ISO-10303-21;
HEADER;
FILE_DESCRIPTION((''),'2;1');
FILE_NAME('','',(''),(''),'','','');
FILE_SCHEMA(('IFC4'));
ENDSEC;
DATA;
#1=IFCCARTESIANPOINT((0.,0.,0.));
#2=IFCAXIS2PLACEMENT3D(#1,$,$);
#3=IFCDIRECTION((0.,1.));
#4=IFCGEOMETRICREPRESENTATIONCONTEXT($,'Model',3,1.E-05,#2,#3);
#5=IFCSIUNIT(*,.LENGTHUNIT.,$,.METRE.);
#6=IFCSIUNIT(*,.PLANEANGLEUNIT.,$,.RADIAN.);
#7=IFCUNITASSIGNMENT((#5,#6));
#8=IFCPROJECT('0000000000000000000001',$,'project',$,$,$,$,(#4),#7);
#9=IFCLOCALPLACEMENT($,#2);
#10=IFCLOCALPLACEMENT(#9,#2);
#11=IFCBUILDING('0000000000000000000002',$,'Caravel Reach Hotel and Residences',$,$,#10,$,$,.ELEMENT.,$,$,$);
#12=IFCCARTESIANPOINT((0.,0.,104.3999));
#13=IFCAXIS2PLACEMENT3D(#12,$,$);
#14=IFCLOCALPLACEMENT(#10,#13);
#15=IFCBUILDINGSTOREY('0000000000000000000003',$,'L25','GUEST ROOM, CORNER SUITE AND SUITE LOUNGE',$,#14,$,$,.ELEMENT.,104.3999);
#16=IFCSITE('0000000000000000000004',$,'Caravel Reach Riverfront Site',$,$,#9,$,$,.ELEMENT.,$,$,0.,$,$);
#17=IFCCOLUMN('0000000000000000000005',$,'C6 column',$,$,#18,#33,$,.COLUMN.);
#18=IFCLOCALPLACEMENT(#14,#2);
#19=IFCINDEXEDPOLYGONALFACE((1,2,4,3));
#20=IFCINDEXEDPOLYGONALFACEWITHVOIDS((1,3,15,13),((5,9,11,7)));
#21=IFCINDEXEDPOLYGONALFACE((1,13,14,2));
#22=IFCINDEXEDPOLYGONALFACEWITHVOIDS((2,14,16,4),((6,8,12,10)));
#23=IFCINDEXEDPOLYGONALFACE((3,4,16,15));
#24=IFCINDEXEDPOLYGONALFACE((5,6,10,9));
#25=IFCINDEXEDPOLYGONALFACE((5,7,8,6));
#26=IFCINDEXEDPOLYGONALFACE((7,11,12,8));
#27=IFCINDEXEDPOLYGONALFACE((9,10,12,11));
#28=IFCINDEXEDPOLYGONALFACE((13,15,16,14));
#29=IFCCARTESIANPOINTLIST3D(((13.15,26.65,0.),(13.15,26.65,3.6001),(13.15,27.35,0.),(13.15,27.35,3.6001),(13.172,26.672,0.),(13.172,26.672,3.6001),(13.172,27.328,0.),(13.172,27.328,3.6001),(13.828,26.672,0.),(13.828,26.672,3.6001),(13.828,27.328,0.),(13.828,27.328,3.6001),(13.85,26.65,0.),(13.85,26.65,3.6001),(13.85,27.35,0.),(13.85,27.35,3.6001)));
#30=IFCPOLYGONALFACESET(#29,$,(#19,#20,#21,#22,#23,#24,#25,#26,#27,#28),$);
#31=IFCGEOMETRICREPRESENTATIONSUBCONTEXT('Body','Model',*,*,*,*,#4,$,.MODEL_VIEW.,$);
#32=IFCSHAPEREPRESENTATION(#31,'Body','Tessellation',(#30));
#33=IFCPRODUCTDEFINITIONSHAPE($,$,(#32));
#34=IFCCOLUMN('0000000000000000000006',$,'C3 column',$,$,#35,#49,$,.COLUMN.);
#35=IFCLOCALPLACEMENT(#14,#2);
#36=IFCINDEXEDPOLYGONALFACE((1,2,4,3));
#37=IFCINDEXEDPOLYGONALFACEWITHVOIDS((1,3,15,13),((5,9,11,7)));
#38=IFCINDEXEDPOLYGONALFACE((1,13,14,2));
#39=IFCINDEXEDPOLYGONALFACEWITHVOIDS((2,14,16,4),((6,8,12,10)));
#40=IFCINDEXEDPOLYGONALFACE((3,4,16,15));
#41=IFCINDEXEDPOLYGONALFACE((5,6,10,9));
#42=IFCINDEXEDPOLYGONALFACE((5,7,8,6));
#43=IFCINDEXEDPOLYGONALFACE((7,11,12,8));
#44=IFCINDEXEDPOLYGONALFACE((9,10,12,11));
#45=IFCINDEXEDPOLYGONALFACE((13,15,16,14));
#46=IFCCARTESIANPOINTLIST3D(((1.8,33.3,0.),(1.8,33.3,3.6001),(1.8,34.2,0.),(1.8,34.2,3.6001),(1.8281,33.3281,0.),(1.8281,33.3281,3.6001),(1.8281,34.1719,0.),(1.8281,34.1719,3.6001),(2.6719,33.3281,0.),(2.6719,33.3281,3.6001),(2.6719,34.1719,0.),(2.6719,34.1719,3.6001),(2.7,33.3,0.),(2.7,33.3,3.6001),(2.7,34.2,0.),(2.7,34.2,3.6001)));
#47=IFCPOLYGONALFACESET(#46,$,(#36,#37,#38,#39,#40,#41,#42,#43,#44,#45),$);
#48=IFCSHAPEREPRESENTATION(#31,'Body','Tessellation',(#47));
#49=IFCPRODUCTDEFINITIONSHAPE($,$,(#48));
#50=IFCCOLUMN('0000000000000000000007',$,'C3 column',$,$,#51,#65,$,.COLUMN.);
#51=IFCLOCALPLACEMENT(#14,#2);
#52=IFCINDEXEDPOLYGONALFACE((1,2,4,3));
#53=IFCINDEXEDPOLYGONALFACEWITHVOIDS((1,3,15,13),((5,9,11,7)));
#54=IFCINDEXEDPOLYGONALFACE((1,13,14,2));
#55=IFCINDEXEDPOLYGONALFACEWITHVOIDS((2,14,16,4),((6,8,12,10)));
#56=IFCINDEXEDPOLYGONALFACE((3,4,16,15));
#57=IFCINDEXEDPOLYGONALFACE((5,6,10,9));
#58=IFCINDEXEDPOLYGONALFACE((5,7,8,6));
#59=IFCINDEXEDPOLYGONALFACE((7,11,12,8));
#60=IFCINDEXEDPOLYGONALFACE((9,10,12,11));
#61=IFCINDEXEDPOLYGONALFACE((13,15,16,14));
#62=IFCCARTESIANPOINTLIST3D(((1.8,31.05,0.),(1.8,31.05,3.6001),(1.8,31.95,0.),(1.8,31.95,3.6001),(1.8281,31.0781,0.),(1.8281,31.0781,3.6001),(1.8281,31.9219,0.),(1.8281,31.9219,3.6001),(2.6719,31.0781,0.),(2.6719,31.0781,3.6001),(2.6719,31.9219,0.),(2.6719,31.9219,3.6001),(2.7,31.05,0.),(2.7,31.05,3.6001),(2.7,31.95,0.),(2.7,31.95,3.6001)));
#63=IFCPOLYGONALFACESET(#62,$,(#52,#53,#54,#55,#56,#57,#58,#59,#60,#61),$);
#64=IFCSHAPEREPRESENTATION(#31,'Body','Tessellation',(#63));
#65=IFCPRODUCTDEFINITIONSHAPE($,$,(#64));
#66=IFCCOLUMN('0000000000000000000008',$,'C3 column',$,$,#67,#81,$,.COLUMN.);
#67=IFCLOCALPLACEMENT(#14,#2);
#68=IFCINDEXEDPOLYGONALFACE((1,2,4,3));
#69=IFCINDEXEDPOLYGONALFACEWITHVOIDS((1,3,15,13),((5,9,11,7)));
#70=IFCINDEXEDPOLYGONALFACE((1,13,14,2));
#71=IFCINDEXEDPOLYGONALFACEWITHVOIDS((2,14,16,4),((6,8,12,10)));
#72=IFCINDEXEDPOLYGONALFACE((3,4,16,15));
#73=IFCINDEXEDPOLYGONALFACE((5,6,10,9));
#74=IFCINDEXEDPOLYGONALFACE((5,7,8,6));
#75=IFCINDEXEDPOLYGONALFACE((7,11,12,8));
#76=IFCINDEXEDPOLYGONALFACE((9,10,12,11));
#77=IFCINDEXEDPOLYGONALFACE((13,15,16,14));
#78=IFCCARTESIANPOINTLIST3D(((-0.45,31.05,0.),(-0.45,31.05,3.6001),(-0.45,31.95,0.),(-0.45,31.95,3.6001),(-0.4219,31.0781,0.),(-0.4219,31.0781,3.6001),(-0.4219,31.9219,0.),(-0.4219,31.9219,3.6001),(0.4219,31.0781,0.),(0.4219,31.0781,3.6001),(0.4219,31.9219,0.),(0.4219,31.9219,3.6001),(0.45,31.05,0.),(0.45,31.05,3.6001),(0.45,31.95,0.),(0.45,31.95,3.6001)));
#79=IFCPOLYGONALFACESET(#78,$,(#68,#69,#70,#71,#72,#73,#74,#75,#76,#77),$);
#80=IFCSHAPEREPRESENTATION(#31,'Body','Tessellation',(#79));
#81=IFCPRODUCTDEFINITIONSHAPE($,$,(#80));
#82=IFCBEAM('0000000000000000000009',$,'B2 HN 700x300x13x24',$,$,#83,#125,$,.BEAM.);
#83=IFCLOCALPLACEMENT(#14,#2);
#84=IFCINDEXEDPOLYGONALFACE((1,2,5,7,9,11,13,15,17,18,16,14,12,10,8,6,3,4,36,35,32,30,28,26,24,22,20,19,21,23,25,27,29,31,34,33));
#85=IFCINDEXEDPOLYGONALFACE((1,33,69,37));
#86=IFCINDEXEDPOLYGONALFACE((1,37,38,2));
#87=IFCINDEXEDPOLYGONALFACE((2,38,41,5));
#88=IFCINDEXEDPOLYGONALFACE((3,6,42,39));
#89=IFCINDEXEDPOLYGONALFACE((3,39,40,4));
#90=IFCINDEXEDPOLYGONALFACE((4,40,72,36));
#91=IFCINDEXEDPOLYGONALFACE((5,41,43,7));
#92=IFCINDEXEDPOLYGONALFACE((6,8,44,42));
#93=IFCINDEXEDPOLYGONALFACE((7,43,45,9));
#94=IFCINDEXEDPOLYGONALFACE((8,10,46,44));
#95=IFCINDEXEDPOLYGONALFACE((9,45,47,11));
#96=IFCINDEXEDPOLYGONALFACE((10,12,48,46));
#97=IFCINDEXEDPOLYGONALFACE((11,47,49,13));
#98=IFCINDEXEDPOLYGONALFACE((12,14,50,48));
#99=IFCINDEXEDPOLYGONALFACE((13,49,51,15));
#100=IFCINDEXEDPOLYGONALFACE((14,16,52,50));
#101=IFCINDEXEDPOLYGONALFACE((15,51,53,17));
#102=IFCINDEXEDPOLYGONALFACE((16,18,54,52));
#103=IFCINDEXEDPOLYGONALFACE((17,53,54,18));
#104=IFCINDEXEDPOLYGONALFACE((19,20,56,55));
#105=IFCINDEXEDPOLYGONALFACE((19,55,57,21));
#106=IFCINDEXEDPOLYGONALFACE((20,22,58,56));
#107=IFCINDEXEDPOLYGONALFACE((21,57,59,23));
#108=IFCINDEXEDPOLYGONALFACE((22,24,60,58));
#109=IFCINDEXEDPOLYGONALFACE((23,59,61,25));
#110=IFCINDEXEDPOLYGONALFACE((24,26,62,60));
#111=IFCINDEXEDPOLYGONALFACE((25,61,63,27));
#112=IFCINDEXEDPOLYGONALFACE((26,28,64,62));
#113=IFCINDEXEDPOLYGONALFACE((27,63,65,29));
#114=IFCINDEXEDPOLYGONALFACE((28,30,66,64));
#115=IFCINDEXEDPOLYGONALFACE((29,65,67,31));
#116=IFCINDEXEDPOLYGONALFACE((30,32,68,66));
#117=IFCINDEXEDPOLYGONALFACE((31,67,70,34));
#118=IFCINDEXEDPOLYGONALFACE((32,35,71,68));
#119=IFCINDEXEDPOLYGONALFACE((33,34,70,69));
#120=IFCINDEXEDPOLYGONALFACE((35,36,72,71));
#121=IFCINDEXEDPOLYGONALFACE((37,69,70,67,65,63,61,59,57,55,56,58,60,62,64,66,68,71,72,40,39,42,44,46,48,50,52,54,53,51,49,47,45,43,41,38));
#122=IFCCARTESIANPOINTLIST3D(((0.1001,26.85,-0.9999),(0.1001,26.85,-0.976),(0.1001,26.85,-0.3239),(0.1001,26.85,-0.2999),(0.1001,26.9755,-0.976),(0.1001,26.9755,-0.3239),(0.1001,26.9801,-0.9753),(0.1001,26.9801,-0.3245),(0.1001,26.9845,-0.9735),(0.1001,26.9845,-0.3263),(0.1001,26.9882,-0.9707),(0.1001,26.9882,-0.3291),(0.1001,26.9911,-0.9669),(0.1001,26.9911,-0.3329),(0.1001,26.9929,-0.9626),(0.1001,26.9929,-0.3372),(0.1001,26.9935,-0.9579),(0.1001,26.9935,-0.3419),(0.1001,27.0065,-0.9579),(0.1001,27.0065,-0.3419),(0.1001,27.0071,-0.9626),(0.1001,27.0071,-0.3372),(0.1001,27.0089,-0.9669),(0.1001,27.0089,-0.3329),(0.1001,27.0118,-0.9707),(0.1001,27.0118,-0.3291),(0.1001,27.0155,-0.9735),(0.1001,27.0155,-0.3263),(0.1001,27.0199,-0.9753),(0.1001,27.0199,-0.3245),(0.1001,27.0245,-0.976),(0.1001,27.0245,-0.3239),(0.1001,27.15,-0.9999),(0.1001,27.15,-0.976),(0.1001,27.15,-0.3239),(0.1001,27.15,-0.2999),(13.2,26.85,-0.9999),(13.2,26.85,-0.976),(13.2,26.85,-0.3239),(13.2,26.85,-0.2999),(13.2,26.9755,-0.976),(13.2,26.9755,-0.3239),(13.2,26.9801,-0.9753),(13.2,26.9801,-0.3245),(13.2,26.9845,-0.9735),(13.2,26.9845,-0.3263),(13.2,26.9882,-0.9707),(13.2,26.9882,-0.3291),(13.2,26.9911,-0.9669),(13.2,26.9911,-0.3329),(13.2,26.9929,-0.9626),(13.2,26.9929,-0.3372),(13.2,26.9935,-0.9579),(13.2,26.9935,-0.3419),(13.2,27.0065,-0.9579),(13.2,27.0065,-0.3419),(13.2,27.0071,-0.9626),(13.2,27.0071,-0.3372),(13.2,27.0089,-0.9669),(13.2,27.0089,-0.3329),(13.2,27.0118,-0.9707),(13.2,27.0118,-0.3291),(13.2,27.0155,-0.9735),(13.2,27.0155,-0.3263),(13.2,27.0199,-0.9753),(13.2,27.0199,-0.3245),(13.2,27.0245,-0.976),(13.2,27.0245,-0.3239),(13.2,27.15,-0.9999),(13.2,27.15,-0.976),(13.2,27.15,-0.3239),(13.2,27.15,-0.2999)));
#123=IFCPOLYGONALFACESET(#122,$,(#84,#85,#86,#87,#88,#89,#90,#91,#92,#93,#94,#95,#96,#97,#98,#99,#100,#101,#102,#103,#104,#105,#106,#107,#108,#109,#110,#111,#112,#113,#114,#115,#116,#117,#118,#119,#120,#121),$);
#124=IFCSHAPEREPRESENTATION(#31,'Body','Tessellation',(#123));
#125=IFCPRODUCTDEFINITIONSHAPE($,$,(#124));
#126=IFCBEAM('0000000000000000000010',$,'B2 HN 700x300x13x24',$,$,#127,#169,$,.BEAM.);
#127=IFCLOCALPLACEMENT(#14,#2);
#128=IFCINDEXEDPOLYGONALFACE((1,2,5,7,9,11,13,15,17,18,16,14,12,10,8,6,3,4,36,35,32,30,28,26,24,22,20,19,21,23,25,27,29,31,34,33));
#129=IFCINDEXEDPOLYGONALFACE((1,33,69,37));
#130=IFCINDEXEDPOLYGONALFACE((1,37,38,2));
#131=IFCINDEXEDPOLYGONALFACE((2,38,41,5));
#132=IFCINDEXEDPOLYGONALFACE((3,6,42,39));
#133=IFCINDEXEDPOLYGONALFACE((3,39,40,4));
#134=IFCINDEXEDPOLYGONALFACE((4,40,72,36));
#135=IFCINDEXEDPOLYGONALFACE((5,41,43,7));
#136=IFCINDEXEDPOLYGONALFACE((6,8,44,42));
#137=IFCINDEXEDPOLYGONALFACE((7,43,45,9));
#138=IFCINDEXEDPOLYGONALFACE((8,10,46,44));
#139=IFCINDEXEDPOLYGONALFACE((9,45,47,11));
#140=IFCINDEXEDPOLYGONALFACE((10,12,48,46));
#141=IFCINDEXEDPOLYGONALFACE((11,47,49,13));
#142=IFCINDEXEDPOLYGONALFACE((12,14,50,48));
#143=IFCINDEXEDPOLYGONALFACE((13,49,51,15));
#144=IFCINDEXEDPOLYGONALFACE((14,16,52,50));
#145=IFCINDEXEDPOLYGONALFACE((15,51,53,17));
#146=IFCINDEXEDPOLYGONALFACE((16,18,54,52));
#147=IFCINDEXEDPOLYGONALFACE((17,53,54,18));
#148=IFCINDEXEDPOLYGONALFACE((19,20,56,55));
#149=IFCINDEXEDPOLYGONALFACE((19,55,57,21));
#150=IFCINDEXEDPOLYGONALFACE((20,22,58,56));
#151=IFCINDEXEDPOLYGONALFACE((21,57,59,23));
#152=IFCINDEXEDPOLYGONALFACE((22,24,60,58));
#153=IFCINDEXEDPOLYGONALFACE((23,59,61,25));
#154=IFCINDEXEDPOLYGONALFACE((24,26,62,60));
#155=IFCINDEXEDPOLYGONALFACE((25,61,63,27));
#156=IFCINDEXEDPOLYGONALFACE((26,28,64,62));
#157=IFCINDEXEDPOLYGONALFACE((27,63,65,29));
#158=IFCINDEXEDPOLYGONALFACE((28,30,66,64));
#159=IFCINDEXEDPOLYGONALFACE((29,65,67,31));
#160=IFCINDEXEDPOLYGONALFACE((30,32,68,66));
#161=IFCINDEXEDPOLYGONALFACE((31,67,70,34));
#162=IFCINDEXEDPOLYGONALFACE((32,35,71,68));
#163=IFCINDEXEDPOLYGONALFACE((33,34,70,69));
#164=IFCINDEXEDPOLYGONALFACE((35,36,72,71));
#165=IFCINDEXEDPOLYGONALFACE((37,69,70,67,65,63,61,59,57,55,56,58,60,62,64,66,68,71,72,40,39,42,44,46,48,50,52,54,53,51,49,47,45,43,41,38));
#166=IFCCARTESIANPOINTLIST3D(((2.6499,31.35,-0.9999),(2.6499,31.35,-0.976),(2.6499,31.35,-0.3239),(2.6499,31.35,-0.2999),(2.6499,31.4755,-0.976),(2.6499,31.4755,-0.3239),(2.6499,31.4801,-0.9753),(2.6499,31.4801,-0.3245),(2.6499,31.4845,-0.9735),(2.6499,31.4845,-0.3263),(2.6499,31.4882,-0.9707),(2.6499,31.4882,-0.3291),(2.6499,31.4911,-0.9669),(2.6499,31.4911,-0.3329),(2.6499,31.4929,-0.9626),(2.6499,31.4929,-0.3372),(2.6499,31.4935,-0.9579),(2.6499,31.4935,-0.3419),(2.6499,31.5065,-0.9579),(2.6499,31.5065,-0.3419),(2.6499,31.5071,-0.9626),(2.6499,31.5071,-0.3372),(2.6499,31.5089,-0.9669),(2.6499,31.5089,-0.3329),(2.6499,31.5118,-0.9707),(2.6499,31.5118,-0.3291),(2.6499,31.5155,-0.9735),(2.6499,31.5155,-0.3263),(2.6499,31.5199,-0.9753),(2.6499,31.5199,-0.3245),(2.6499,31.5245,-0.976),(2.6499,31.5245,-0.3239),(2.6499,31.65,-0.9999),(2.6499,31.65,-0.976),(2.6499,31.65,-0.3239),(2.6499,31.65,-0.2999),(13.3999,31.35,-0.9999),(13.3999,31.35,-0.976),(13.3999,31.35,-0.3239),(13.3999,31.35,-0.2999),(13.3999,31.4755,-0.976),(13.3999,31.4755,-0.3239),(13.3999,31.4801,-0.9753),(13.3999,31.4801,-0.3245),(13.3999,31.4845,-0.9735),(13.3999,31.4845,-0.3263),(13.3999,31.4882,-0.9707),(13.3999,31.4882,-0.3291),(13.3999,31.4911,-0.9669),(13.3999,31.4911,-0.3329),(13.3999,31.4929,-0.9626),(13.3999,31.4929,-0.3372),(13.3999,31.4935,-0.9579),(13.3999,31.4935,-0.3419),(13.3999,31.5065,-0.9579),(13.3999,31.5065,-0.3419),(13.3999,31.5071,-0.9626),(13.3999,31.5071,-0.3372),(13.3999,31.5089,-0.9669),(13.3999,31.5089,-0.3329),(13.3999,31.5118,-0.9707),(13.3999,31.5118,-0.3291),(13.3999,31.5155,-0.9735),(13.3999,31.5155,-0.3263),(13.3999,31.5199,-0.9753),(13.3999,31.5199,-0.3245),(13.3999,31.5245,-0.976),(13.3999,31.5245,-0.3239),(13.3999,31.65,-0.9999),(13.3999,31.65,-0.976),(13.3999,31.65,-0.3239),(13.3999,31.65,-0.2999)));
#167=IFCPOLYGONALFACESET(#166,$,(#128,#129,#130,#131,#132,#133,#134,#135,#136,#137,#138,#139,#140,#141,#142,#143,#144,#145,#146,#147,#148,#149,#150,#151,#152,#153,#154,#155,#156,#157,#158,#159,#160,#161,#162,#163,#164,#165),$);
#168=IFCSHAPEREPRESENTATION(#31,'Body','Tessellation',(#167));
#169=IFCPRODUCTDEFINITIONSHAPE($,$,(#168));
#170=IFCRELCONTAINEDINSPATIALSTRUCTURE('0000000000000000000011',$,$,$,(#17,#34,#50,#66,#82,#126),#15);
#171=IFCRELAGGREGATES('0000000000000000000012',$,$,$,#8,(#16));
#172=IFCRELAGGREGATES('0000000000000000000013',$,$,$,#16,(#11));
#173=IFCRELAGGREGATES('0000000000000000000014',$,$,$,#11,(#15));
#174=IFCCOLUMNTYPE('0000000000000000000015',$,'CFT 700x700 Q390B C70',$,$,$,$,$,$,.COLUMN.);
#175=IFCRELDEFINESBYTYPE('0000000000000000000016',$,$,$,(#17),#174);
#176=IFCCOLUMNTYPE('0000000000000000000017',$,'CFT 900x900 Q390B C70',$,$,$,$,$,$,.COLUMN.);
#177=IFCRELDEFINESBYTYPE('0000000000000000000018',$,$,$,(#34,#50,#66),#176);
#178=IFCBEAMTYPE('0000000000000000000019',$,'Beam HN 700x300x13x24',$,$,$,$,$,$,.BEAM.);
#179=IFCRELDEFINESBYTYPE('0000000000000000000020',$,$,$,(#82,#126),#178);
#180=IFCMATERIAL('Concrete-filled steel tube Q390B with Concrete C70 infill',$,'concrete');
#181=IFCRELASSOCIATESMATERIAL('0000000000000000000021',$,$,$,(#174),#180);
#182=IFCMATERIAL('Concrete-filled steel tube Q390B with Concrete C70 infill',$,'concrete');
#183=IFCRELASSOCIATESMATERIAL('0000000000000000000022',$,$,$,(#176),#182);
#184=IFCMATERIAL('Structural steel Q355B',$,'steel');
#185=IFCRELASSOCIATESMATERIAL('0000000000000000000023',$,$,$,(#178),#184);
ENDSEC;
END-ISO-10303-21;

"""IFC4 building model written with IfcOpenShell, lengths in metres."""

from ifc_helpers import new_model, si_unit, direction, frame, origin, origin_2d, place, context, subcontext, project, spatial, hollow_rectangle, i_section, extrude, material, material_profile, profile_set, type_object, element, save


model = new_model("IFC4")

# Units and contexts
model_context = context("Model", 3, precision=1e-05, world=origin(), true_north=direction((0.0, 1.0)))
body_context = subcontext(model_context, "Body", "Model", "MODEL_VIEW")
ifc_project = project(units=[si_unit("LENGTHUNIT", "METRE"), si_unit("PLANEANGLEUNIT", "RADIAN")], contexts=[model_context])

# Site, building, storey
site_placement = place(None, origin())
site = spatial("IfcSite", under=ifc_project, at=site_placement, Name="Caravel Reach Riverfront Site", CompositionType="ELEMENT", RefElevation=0.0)
building_placement = place(site_placement, origin())
building = spatial("IfcBuilding", under=site, at=building_placement, Name="Caravel Reach Hotel and Residences", CompositionType="ELEMENT")
storey_placement = place(building_placement, frame((0.0, 0.0, 104.3999)))
storey = spatial("IfcBuildingStorey", under=building, at=storey_placement, Name="L25", Description="GUEST ROOM, CORNER SUITE AND SUITE LOUNGE", CompositionType="ELEMENT", Elevation=104.3999)

# Columns
ifc_material_1 = material(Name="Concrete-filled steel tube Q390B with Concrete C70 infill", Category="concrete")
ifc_material_profile_1 = material_profile(ifc_material_1, hollow_rectangle(XDim=0.7, YDim=0.7, WallThickness=0.022, at=origin_2d()), Name="RHS 700x700x22")
ifc_profile_set_1 = profile_set([ifc_material_profile_1], Name="Concrete-filled steel tube Q390B with Concrete C70 infill")
column_type_1 = type_object("IfcColumnType", Name="CFT 700x700 Q390B C70", PredefinedType="COLUMN", material=ifc_profile_set_1)
column_placement = place(storey_placement, frame((13.5, 27.0, 0.0), z_axis=(0.0, 0.0, 1.0), x_axis=(1.0, 0.0, 0.0)))
element("IfcColumn", 1, at=column_placement, inside=storey, type_object=column_type_1, Name="C6 column", PredefinedType="COLUMN", context=body_context, shape_type="SweptSolid", body=[
    extrude(hollow_rectangle(XDim=0.7, YDim=0.7, WallThickness=0.022, at=origin_2d()), origin(), (0.0, 0.0, 1.0), 3.6001),
])
ifc_material_2 = material(Name="Concrete-filled steel tube Q390B with Concrete C70 infill", Category="concrete")
ifc_material_profile_2 = material_profile(ifc_material_2, hollow_rectangle(XDim=0.8999, YDim=0.8999, WallThickness=0.0281, at=origin_2d()), Name="RHS 900x900x28")
ifc_profile_set_2 = profile_set([ifc_material_profile_2], Name="Concrete-filled steel tube Q390B with Concrete C70 infill")
column_type_2 = type_object("IfcColumnType", Name="CFT 900x900 Q390B C70", PredefinedType="COLUMN", material=ifc_profile_set_2)
for number, where, z_axis, x_axis, name in (
    (2, (2.25, 33.75, 0.0), (0.0, 0.0, 1.0), (1.0, 0.0, 0.0), "C3 column"),
    (3, (2.25, 31.5, 0.0), (0.0, 0.0, 1.0), (1.0, 0.0, 0.0), "C3 column"),
    (4, (0.0, 31.5, 0.0), (0.0, 0.0, 1.0), (1.0, 0.0, 0.0), "C3 column"),
):
    element("IfcColumn", number, at=place(storey_placement, frame(where, z_axis=z_axis, x_axis=x_axis)), inside=storey, type_object=column_type_2, Name=name, PredefinedType="COLUMN", context=body_context, shape_type="SweptSolid", body=[
        extrude(hollow_rectangle(XDim=0.8999, YDim=0.8999, WallThickness=0.0281, at=origin_2d()), origin(), (0.0, 0.0, 1.0), 3.6001),
    ])

# Beams
ifc_material_3 = material(Name="Structural steel Q355B", Category="steel")
ifc_material_profile_3 = material_profile(ifc_material_3, i_section(OverallWidth=0.3, OverallDepth=0.7, WebThickness=0.0129, FlangeThickness=0.0239, FilletRadius=0.0181, at=origin_2d()), Name="HN 700x300x13x24")
ifc_profile_set_3 = profile_set([ifc_material_profile_3], Name="Structural steel Q355B")
beam_type_1 = type_object("IfcBeamType", Name="Beam HN 700x300x13x24", PredefinedType="BEAM", material=ifc_profile_set_3)
beam_1_placement = place(storey_placement, frame((13.2, 27.0, -0.6499), z_axis=(-1.0, 0.0, 0.0), x_axis=(0.0, -1.0, 0.0)))
element("IfcBeam", 5, at=beam_1_placement, inside=storey, type_object=beam_type_1, Name="B2 HN 700x300x13x24", PredefinedType="BEAM", context=body_context, shape_type="SweptSolid", body=[
    extrude(i_section(OverallWidth=0.3, OverallDepth=0.7, WebThickness=0.0129, FlangeThickness=0.0239, FilletRadius=0.0181, at=origin_2d()), origin(), (0.0, 0.0, 1.0), 13.0999),
])
beam_2_placement = place(storey_placement, frame((13.3999, 31.5, -0.6499), z_axis=(-1.0, 0.0, 0.0), x_axis=(0.0, -1.0, 0.0)))
element("IfcBeam", 6, at=beam_2_placement, inside=storey, type_object=beam_type_1, Name="B2 HN 700x300x13x24", PredefinedType="BEAM", context=body_context, shape_type="SweptSolid", body=[
    extrude(i_section(OverallWidth=0.3, OverallDepth=0.7, WebThickness=0.0129, FlangeThickness=0.0239, FilletRadius=0.0181, at=origin_2d()), origin(), (0.0, 0.0, 1.0), 10.75),
])

save(model, "model.ifc")
